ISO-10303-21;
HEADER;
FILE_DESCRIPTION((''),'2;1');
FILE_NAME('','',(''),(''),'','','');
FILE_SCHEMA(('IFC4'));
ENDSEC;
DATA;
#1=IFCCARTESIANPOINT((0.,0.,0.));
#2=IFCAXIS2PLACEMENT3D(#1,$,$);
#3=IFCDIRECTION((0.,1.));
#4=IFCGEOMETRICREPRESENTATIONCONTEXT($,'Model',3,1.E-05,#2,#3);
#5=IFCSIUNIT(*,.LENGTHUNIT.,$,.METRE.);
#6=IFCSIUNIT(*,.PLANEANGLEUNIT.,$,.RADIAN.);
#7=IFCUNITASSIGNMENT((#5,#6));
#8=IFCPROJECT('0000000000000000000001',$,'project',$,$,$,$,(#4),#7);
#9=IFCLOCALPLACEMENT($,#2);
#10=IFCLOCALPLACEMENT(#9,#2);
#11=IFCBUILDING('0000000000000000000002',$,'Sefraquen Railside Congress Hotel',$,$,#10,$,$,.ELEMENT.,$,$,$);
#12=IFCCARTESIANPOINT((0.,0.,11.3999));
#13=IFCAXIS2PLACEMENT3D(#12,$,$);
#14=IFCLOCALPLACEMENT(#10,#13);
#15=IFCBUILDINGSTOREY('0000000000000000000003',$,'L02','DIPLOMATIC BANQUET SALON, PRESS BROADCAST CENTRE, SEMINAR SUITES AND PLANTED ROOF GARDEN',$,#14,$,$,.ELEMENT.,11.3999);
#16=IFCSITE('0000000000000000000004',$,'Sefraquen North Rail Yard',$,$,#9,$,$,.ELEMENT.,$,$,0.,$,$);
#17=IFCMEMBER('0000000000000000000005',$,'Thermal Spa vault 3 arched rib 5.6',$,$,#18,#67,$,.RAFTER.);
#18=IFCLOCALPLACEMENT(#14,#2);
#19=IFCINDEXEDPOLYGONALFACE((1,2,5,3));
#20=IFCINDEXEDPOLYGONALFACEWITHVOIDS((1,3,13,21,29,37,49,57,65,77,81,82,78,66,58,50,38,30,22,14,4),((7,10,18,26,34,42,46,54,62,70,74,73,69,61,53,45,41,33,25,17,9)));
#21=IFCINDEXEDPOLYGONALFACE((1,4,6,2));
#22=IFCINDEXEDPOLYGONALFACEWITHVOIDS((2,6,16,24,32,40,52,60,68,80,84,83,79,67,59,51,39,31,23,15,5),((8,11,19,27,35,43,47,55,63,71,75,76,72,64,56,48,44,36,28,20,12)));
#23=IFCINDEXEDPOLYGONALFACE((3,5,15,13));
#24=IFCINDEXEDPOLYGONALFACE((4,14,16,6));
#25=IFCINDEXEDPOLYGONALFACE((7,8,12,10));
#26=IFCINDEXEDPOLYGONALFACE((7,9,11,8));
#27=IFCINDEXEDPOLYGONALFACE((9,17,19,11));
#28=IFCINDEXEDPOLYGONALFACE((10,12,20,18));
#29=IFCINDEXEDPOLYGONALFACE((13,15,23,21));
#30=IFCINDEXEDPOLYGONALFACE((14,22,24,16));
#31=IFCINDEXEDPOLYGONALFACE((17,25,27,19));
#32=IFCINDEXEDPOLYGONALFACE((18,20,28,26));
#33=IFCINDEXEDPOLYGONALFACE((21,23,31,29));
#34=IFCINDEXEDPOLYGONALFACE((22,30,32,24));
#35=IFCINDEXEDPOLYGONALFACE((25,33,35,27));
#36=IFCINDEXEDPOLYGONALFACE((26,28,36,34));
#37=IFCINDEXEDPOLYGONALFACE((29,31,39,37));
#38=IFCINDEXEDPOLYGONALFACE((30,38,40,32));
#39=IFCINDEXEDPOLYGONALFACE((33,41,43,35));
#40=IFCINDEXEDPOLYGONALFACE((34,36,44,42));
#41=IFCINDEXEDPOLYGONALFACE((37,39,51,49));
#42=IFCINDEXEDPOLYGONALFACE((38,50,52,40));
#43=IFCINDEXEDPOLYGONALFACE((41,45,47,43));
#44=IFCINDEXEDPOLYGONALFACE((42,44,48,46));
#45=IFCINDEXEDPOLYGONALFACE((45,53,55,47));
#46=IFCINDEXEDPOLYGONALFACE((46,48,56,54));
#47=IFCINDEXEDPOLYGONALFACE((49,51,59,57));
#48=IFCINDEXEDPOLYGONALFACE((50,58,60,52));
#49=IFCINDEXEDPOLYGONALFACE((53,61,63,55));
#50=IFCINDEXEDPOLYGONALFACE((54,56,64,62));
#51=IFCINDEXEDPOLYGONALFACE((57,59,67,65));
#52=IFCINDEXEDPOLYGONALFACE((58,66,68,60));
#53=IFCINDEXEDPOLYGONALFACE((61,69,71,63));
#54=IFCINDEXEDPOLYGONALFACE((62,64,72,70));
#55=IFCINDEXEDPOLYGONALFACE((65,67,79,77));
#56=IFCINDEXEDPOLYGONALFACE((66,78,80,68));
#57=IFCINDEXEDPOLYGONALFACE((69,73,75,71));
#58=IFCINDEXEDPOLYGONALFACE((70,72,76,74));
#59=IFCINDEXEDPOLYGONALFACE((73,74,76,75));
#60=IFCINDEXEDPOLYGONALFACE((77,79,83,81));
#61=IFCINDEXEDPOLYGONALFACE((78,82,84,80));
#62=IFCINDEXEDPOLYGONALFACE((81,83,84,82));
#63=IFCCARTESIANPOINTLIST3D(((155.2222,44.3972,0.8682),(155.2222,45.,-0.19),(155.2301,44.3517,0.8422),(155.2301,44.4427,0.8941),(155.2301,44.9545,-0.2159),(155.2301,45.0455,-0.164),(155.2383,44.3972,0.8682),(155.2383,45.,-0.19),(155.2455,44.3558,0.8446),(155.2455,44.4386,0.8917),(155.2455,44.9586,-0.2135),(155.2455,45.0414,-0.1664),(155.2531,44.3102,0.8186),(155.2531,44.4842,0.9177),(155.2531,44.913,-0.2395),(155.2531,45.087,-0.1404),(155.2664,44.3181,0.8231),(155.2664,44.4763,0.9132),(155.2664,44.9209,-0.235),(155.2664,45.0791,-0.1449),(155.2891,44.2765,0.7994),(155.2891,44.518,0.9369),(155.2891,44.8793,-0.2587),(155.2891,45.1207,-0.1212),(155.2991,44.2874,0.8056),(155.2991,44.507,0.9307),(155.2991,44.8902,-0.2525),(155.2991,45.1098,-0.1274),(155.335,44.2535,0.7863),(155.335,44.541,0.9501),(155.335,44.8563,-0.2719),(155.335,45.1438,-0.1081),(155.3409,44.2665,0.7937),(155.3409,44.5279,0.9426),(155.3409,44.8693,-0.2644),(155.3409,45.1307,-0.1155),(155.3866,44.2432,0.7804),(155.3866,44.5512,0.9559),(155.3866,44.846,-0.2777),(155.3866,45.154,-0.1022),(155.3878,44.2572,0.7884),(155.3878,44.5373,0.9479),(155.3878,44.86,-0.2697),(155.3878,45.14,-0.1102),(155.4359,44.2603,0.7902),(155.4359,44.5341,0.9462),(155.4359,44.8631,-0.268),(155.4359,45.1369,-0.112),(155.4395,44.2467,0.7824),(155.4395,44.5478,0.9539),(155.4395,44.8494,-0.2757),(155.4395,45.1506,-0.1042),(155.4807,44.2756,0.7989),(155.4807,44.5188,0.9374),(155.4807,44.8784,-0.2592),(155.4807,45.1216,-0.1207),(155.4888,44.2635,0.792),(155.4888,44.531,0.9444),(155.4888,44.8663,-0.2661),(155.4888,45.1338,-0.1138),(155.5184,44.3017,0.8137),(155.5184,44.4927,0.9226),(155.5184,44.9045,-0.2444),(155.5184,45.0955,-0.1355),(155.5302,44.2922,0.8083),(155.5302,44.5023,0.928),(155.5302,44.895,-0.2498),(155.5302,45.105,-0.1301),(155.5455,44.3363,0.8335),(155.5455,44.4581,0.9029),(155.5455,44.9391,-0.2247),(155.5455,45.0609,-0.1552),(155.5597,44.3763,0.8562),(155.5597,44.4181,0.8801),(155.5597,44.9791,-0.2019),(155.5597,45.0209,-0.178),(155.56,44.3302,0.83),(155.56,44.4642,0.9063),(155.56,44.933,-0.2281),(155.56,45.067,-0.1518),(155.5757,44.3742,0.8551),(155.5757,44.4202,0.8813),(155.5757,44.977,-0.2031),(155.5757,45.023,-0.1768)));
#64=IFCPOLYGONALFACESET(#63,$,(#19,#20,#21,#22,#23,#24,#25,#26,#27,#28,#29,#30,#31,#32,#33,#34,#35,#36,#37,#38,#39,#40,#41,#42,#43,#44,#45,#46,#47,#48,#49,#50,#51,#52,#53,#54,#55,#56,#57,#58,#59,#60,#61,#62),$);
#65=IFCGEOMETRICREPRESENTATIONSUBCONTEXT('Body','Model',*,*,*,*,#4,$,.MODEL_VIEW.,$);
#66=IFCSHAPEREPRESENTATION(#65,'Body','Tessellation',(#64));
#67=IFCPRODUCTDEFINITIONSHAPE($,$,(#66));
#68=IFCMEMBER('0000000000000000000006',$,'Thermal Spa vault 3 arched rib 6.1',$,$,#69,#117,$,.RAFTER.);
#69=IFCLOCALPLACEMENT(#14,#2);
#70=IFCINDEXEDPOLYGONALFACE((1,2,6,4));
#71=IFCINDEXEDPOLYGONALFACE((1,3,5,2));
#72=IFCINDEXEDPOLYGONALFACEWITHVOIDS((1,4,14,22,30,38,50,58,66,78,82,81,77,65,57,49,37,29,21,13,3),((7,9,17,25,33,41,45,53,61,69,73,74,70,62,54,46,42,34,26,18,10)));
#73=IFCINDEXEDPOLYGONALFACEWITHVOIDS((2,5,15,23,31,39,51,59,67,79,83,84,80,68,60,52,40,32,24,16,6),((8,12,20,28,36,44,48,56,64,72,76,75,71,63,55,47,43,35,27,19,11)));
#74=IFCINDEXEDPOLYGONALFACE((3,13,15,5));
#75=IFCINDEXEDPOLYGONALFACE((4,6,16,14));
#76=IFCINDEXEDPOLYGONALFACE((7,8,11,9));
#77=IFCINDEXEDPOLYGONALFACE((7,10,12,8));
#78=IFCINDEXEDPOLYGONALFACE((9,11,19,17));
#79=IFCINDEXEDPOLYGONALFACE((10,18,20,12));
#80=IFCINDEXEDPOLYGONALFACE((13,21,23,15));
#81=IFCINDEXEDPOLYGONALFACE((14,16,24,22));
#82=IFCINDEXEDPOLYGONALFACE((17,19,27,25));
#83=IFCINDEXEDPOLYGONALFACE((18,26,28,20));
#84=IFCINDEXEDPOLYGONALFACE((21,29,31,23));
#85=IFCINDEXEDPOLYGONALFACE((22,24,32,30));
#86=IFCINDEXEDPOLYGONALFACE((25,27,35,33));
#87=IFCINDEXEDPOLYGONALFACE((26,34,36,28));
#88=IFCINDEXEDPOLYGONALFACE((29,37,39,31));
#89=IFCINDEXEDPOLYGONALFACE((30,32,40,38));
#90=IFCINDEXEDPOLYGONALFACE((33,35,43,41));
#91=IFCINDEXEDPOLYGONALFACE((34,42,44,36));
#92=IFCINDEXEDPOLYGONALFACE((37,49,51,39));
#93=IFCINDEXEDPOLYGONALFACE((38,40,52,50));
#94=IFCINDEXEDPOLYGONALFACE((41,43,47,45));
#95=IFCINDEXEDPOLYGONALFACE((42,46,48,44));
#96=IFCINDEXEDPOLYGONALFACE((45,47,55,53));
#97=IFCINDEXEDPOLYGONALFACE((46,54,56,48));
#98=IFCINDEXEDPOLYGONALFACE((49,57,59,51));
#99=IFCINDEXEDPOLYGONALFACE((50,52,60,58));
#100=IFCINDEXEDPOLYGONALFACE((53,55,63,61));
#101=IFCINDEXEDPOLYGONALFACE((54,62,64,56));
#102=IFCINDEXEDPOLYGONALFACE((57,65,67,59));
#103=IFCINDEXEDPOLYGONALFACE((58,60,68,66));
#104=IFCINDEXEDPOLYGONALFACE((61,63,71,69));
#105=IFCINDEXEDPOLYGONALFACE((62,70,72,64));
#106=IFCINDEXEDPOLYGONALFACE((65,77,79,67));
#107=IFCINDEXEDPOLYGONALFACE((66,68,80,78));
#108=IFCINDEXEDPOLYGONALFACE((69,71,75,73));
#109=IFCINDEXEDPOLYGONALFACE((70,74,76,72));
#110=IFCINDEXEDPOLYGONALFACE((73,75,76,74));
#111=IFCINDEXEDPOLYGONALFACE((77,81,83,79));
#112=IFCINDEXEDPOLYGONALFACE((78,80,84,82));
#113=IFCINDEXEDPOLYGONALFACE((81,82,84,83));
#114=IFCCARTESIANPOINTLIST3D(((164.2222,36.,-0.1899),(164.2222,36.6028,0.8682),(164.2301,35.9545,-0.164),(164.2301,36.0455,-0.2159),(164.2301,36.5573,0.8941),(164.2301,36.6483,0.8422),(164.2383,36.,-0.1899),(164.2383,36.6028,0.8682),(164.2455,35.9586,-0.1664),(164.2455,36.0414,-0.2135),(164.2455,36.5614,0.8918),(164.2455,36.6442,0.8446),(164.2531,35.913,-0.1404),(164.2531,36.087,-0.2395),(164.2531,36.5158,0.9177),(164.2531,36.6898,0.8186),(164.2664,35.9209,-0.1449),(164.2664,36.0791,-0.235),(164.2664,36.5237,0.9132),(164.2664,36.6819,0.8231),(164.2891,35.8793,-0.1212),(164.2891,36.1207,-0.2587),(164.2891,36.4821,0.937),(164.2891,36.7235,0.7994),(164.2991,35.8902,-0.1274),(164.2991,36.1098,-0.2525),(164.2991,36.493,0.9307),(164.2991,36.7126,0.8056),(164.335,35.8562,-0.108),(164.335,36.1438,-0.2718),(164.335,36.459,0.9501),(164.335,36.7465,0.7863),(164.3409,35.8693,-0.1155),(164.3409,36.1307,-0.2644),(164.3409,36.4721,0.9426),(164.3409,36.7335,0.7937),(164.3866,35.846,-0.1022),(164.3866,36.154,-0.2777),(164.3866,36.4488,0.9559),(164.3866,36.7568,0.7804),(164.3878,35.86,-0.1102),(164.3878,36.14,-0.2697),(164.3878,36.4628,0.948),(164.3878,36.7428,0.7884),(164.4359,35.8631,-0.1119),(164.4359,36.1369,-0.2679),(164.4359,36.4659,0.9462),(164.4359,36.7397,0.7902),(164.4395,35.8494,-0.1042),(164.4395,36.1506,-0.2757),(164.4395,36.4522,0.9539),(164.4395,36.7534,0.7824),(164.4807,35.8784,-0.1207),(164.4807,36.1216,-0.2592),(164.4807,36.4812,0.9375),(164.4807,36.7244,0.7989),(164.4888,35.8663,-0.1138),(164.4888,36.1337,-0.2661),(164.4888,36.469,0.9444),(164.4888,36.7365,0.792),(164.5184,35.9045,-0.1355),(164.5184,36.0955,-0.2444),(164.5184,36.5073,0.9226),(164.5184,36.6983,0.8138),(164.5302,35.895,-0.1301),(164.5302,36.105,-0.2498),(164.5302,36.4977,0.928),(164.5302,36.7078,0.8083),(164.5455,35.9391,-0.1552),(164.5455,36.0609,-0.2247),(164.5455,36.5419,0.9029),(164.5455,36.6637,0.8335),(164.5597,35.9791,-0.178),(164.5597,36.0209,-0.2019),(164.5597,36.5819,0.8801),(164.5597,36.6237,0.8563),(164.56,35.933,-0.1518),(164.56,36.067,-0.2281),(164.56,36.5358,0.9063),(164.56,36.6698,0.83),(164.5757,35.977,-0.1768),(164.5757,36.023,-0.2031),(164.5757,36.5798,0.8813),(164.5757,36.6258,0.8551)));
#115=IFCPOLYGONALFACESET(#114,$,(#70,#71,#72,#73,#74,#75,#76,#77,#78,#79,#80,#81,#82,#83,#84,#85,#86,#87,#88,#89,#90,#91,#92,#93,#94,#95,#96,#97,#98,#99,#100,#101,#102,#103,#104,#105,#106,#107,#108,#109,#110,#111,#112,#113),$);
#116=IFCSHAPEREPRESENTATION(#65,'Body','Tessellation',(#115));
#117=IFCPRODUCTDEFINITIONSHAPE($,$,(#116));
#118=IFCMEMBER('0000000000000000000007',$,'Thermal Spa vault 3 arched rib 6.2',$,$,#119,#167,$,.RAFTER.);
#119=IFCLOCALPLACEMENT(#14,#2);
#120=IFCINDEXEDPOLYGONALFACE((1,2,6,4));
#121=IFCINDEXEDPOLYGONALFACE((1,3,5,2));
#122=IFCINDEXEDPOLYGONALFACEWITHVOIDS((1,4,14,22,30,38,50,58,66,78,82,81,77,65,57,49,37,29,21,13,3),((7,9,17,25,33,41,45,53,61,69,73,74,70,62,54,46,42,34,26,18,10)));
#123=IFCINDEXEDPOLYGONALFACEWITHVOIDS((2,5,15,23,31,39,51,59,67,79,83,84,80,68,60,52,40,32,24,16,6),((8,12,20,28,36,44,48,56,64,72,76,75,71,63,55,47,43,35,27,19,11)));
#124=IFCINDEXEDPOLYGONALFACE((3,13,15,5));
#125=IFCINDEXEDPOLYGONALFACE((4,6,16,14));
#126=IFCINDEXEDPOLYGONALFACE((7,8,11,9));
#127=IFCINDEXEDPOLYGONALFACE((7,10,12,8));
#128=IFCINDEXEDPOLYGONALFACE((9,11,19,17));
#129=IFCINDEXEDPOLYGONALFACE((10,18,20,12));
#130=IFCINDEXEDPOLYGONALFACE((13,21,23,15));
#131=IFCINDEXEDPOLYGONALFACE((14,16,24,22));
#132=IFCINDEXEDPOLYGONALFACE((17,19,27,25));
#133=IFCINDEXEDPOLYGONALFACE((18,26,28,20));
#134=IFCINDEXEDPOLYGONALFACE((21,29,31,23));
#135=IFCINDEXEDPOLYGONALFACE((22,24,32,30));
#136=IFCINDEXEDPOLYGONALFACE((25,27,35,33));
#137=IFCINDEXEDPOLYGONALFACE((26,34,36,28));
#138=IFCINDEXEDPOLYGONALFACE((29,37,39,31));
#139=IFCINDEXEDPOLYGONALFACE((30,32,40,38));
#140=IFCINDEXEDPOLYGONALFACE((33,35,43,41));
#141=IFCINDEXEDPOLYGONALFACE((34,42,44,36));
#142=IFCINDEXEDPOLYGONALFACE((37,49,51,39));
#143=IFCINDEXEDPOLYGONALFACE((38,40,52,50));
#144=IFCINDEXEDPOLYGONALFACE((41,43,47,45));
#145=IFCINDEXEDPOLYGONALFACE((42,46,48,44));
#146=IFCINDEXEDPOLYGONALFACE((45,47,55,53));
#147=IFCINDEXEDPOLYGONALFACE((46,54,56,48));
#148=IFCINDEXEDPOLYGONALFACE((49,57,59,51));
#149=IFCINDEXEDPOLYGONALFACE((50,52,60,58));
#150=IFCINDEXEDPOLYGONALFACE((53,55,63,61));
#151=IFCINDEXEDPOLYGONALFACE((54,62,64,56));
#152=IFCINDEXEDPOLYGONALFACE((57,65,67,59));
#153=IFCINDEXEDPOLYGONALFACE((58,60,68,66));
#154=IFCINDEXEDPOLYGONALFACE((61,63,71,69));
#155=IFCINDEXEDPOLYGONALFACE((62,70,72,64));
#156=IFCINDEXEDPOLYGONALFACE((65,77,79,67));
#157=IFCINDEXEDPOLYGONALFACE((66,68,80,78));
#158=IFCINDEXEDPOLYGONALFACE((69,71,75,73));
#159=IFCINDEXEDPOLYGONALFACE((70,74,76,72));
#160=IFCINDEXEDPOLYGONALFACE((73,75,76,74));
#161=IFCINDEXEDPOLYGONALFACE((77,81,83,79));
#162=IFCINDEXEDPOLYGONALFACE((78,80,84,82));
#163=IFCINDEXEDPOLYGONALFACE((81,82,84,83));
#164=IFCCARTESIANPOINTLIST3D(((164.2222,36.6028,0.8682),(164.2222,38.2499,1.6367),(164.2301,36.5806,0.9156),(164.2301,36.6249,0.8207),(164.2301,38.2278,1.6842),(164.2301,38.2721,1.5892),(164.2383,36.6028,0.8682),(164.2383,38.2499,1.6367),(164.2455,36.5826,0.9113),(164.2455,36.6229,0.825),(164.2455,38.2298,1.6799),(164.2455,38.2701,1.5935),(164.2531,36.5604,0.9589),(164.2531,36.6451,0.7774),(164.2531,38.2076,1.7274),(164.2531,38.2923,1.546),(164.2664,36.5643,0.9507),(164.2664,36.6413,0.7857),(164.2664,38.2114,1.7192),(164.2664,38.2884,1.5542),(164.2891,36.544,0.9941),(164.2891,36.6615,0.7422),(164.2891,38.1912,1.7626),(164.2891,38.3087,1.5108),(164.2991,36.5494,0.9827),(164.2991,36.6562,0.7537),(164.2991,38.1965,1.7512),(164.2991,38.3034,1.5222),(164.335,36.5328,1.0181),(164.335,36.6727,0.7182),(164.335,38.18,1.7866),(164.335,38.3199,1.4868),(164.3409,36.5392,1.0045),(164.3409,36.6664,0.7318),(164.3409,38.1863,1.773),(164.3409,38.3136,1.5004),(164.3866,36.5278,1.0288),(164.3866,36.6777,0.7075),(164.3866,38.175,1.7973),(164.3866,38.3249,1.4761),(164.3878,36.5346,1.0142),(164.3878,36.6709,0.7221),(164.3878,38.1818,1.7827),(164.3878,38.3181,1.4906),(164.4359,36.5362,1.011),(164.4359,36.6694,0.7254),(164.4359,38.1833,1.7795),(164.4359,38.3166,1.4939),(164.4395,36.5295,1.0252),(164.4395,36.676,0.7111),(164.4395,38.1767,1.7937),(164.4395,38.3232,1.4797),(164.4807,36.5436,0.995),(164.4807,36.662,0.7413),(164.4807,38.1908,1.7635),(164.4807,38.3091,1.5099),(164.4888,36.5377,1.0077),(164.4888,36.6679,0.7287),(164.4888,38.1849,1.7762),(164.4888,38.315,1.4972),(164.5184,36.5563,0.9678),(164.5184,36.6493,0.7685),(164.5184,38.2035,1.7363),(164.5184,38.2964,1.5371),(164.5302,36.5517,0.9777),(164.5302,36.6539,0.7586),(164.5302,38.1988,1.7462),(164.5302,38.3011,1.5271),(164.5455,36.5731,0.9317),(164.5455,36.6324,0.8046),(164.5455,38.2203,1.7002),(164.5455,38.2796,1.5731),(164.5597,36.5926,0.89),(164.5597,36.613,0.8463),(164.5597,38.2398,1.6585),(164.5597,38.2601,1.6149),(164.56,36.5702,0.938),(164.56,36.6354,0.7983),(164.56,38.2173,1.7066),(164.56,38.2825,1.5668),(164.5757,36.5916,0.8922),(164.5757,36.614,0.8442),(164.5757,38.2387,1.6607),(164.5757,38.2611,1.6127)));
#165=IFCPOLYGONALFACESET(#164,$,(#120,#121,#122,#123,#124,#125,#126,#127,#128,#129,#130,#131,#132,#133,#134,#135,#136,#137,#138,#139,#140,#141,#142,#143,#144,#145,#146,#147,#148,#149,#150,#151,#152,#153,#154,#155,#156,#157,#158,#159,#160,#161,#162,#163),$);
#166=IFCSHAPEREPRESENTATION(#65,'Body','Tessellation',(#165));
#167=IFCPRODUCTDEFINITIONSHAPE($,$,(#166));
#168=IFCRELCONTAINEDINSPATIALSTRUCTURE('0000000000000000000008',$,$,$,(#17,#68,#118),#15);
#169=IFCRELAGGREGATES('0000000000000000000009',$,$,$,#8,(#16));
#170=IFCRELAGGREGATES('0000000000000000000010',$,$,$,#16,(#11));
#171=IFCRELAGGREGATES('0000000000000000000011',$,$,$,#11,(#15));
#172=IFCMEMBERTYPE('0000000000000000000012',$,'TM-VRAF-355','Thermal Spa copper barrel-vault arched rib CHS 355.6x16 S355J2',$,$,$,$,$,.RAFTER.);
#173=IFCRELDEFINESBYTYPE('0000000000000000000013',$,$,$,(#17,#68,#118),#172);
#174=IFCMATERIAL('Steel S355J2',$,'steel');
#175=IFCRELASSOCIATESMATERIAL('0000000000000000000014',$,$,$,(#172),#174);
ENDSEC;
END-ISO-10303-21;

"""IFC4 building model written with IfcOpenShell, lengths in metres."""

from ifc_helpers import new_model, si_unit, direction, frame, origin, origin_2d, place, context, subcontext, project, spatial, hollow_circle, extrude, material, material_profile, profile_set, type_object, element, save


model = new_model("IFC4")

# Units and contexts
model_context = context("Model", 3, precision=1e-05, world=origin(), true_north=direction((0.0, 1.0)))
body_context = subcontext(model_context, "Body", "Model", "MODEL_VIEW")
ifc_project = project(units=[si_unit("LENGTHUNIT", "METRE"), si_unit("PLANEANGLEUNIT", "RADIAN")], contexts=[model_context])

# Site, building, storey
site_placement = place(None, origin())
site = spatial("IfcSite", under=ifc_project, at=site_placement, Name="Sefraquen North Rail Yard", CompositionType="ELEMENT", RefElevation=0.0)
building_placement = place(site_placement, origin())
building = spatial("IfcBuilding", under=site, at=building_placement, Name="Sefraquen Railside Congress Hotel", CompositionType="ELEMENT")
storey_placement = place(building_placement, frame((0.0, 0.0, 11.3999)))
storey = spatial("IfcBuildingStorey", under=building, at=storey_placement, Name="L02", Description="DIPLOMATIC BANQUET SALON, PRESS BROADCAST CENTRE, SEMINAR SUITES AND PLANTED ROOF GARDEN", CompositionType="ELEMENT", Elevation=11.3999)

# Members
ifc_material_1 = material(Name="Steel S355J2", Category="steel")
ifc_material_profile_1 = material_profile(ifc_material_1, hollow_circle(Radius=0.1777, WallThickness=0.0161, at=origin_2d()), Name="CHS 355.6x16")
ifc_profile_set_1 = profile_set([ifc_material_profile_1], Name="Steel S355J2")
member_type = type_object("IfcMemberType", Name="TM-VRAF-355", Description="Thermal Spa copper barrel-vault arched rib CHS 355.6x16 S355J2", PredefinedType="RAFTER", material=ifc_profile_set_1)
for number, where, z_axis, x_axis, name in (
    (1, (155.3999, 44.3972, 0.8682), (0.0, 0.494994, -0.868896), (-1.0, 0.0, 0.0), "Thermal Spa vault 3 arched rib 5.6"),
    (2, (164.3999, 36.0, -0.1899), (0.0, 0.494994, 0.868896), (-1.0, 0.0, 0.0), "Thermal Spa vault 3 arched rib 6.1"),
):
    element("IfcMember", number, at=place(storey_placement, frame(where, z_axis=z_axis, x_axis=x_axis)), inside=storey, type_object=member_type, Name=name, PredefinedType="RAFTER", context=body_context, shape_type="SweptSolid", body=[
        extrude(hollow_circle(Radius=0.1777, WallThickness=0.0161, at=origin_2d()), origin(), (0.0, 0.0, 1.0), 1.2178),
    ])
member_1_placement = place(storey_placement, frame((164.3999, 36.6028, 0.8682), z_axis=(0.0, 0.906214, 0.422819), x_axis=(-1.0, 0.0, 0.0)))
element("IfcMember", 3, at=member_1_placement, inside=storey, type_object=member_type, Name="Thermal Spa vault 3 arched rib 6.2", PredefinedType="RAFTER", context=body_context, shape_type="SweptSolid", body=[
    extrude(hollow_circle(Radius=0.1777, WallThickness=0.0161, at=origin_2d()), origin(), (0.0, 0.0, 1.0), 1.8176),
])

save(model, "model.ifc")
